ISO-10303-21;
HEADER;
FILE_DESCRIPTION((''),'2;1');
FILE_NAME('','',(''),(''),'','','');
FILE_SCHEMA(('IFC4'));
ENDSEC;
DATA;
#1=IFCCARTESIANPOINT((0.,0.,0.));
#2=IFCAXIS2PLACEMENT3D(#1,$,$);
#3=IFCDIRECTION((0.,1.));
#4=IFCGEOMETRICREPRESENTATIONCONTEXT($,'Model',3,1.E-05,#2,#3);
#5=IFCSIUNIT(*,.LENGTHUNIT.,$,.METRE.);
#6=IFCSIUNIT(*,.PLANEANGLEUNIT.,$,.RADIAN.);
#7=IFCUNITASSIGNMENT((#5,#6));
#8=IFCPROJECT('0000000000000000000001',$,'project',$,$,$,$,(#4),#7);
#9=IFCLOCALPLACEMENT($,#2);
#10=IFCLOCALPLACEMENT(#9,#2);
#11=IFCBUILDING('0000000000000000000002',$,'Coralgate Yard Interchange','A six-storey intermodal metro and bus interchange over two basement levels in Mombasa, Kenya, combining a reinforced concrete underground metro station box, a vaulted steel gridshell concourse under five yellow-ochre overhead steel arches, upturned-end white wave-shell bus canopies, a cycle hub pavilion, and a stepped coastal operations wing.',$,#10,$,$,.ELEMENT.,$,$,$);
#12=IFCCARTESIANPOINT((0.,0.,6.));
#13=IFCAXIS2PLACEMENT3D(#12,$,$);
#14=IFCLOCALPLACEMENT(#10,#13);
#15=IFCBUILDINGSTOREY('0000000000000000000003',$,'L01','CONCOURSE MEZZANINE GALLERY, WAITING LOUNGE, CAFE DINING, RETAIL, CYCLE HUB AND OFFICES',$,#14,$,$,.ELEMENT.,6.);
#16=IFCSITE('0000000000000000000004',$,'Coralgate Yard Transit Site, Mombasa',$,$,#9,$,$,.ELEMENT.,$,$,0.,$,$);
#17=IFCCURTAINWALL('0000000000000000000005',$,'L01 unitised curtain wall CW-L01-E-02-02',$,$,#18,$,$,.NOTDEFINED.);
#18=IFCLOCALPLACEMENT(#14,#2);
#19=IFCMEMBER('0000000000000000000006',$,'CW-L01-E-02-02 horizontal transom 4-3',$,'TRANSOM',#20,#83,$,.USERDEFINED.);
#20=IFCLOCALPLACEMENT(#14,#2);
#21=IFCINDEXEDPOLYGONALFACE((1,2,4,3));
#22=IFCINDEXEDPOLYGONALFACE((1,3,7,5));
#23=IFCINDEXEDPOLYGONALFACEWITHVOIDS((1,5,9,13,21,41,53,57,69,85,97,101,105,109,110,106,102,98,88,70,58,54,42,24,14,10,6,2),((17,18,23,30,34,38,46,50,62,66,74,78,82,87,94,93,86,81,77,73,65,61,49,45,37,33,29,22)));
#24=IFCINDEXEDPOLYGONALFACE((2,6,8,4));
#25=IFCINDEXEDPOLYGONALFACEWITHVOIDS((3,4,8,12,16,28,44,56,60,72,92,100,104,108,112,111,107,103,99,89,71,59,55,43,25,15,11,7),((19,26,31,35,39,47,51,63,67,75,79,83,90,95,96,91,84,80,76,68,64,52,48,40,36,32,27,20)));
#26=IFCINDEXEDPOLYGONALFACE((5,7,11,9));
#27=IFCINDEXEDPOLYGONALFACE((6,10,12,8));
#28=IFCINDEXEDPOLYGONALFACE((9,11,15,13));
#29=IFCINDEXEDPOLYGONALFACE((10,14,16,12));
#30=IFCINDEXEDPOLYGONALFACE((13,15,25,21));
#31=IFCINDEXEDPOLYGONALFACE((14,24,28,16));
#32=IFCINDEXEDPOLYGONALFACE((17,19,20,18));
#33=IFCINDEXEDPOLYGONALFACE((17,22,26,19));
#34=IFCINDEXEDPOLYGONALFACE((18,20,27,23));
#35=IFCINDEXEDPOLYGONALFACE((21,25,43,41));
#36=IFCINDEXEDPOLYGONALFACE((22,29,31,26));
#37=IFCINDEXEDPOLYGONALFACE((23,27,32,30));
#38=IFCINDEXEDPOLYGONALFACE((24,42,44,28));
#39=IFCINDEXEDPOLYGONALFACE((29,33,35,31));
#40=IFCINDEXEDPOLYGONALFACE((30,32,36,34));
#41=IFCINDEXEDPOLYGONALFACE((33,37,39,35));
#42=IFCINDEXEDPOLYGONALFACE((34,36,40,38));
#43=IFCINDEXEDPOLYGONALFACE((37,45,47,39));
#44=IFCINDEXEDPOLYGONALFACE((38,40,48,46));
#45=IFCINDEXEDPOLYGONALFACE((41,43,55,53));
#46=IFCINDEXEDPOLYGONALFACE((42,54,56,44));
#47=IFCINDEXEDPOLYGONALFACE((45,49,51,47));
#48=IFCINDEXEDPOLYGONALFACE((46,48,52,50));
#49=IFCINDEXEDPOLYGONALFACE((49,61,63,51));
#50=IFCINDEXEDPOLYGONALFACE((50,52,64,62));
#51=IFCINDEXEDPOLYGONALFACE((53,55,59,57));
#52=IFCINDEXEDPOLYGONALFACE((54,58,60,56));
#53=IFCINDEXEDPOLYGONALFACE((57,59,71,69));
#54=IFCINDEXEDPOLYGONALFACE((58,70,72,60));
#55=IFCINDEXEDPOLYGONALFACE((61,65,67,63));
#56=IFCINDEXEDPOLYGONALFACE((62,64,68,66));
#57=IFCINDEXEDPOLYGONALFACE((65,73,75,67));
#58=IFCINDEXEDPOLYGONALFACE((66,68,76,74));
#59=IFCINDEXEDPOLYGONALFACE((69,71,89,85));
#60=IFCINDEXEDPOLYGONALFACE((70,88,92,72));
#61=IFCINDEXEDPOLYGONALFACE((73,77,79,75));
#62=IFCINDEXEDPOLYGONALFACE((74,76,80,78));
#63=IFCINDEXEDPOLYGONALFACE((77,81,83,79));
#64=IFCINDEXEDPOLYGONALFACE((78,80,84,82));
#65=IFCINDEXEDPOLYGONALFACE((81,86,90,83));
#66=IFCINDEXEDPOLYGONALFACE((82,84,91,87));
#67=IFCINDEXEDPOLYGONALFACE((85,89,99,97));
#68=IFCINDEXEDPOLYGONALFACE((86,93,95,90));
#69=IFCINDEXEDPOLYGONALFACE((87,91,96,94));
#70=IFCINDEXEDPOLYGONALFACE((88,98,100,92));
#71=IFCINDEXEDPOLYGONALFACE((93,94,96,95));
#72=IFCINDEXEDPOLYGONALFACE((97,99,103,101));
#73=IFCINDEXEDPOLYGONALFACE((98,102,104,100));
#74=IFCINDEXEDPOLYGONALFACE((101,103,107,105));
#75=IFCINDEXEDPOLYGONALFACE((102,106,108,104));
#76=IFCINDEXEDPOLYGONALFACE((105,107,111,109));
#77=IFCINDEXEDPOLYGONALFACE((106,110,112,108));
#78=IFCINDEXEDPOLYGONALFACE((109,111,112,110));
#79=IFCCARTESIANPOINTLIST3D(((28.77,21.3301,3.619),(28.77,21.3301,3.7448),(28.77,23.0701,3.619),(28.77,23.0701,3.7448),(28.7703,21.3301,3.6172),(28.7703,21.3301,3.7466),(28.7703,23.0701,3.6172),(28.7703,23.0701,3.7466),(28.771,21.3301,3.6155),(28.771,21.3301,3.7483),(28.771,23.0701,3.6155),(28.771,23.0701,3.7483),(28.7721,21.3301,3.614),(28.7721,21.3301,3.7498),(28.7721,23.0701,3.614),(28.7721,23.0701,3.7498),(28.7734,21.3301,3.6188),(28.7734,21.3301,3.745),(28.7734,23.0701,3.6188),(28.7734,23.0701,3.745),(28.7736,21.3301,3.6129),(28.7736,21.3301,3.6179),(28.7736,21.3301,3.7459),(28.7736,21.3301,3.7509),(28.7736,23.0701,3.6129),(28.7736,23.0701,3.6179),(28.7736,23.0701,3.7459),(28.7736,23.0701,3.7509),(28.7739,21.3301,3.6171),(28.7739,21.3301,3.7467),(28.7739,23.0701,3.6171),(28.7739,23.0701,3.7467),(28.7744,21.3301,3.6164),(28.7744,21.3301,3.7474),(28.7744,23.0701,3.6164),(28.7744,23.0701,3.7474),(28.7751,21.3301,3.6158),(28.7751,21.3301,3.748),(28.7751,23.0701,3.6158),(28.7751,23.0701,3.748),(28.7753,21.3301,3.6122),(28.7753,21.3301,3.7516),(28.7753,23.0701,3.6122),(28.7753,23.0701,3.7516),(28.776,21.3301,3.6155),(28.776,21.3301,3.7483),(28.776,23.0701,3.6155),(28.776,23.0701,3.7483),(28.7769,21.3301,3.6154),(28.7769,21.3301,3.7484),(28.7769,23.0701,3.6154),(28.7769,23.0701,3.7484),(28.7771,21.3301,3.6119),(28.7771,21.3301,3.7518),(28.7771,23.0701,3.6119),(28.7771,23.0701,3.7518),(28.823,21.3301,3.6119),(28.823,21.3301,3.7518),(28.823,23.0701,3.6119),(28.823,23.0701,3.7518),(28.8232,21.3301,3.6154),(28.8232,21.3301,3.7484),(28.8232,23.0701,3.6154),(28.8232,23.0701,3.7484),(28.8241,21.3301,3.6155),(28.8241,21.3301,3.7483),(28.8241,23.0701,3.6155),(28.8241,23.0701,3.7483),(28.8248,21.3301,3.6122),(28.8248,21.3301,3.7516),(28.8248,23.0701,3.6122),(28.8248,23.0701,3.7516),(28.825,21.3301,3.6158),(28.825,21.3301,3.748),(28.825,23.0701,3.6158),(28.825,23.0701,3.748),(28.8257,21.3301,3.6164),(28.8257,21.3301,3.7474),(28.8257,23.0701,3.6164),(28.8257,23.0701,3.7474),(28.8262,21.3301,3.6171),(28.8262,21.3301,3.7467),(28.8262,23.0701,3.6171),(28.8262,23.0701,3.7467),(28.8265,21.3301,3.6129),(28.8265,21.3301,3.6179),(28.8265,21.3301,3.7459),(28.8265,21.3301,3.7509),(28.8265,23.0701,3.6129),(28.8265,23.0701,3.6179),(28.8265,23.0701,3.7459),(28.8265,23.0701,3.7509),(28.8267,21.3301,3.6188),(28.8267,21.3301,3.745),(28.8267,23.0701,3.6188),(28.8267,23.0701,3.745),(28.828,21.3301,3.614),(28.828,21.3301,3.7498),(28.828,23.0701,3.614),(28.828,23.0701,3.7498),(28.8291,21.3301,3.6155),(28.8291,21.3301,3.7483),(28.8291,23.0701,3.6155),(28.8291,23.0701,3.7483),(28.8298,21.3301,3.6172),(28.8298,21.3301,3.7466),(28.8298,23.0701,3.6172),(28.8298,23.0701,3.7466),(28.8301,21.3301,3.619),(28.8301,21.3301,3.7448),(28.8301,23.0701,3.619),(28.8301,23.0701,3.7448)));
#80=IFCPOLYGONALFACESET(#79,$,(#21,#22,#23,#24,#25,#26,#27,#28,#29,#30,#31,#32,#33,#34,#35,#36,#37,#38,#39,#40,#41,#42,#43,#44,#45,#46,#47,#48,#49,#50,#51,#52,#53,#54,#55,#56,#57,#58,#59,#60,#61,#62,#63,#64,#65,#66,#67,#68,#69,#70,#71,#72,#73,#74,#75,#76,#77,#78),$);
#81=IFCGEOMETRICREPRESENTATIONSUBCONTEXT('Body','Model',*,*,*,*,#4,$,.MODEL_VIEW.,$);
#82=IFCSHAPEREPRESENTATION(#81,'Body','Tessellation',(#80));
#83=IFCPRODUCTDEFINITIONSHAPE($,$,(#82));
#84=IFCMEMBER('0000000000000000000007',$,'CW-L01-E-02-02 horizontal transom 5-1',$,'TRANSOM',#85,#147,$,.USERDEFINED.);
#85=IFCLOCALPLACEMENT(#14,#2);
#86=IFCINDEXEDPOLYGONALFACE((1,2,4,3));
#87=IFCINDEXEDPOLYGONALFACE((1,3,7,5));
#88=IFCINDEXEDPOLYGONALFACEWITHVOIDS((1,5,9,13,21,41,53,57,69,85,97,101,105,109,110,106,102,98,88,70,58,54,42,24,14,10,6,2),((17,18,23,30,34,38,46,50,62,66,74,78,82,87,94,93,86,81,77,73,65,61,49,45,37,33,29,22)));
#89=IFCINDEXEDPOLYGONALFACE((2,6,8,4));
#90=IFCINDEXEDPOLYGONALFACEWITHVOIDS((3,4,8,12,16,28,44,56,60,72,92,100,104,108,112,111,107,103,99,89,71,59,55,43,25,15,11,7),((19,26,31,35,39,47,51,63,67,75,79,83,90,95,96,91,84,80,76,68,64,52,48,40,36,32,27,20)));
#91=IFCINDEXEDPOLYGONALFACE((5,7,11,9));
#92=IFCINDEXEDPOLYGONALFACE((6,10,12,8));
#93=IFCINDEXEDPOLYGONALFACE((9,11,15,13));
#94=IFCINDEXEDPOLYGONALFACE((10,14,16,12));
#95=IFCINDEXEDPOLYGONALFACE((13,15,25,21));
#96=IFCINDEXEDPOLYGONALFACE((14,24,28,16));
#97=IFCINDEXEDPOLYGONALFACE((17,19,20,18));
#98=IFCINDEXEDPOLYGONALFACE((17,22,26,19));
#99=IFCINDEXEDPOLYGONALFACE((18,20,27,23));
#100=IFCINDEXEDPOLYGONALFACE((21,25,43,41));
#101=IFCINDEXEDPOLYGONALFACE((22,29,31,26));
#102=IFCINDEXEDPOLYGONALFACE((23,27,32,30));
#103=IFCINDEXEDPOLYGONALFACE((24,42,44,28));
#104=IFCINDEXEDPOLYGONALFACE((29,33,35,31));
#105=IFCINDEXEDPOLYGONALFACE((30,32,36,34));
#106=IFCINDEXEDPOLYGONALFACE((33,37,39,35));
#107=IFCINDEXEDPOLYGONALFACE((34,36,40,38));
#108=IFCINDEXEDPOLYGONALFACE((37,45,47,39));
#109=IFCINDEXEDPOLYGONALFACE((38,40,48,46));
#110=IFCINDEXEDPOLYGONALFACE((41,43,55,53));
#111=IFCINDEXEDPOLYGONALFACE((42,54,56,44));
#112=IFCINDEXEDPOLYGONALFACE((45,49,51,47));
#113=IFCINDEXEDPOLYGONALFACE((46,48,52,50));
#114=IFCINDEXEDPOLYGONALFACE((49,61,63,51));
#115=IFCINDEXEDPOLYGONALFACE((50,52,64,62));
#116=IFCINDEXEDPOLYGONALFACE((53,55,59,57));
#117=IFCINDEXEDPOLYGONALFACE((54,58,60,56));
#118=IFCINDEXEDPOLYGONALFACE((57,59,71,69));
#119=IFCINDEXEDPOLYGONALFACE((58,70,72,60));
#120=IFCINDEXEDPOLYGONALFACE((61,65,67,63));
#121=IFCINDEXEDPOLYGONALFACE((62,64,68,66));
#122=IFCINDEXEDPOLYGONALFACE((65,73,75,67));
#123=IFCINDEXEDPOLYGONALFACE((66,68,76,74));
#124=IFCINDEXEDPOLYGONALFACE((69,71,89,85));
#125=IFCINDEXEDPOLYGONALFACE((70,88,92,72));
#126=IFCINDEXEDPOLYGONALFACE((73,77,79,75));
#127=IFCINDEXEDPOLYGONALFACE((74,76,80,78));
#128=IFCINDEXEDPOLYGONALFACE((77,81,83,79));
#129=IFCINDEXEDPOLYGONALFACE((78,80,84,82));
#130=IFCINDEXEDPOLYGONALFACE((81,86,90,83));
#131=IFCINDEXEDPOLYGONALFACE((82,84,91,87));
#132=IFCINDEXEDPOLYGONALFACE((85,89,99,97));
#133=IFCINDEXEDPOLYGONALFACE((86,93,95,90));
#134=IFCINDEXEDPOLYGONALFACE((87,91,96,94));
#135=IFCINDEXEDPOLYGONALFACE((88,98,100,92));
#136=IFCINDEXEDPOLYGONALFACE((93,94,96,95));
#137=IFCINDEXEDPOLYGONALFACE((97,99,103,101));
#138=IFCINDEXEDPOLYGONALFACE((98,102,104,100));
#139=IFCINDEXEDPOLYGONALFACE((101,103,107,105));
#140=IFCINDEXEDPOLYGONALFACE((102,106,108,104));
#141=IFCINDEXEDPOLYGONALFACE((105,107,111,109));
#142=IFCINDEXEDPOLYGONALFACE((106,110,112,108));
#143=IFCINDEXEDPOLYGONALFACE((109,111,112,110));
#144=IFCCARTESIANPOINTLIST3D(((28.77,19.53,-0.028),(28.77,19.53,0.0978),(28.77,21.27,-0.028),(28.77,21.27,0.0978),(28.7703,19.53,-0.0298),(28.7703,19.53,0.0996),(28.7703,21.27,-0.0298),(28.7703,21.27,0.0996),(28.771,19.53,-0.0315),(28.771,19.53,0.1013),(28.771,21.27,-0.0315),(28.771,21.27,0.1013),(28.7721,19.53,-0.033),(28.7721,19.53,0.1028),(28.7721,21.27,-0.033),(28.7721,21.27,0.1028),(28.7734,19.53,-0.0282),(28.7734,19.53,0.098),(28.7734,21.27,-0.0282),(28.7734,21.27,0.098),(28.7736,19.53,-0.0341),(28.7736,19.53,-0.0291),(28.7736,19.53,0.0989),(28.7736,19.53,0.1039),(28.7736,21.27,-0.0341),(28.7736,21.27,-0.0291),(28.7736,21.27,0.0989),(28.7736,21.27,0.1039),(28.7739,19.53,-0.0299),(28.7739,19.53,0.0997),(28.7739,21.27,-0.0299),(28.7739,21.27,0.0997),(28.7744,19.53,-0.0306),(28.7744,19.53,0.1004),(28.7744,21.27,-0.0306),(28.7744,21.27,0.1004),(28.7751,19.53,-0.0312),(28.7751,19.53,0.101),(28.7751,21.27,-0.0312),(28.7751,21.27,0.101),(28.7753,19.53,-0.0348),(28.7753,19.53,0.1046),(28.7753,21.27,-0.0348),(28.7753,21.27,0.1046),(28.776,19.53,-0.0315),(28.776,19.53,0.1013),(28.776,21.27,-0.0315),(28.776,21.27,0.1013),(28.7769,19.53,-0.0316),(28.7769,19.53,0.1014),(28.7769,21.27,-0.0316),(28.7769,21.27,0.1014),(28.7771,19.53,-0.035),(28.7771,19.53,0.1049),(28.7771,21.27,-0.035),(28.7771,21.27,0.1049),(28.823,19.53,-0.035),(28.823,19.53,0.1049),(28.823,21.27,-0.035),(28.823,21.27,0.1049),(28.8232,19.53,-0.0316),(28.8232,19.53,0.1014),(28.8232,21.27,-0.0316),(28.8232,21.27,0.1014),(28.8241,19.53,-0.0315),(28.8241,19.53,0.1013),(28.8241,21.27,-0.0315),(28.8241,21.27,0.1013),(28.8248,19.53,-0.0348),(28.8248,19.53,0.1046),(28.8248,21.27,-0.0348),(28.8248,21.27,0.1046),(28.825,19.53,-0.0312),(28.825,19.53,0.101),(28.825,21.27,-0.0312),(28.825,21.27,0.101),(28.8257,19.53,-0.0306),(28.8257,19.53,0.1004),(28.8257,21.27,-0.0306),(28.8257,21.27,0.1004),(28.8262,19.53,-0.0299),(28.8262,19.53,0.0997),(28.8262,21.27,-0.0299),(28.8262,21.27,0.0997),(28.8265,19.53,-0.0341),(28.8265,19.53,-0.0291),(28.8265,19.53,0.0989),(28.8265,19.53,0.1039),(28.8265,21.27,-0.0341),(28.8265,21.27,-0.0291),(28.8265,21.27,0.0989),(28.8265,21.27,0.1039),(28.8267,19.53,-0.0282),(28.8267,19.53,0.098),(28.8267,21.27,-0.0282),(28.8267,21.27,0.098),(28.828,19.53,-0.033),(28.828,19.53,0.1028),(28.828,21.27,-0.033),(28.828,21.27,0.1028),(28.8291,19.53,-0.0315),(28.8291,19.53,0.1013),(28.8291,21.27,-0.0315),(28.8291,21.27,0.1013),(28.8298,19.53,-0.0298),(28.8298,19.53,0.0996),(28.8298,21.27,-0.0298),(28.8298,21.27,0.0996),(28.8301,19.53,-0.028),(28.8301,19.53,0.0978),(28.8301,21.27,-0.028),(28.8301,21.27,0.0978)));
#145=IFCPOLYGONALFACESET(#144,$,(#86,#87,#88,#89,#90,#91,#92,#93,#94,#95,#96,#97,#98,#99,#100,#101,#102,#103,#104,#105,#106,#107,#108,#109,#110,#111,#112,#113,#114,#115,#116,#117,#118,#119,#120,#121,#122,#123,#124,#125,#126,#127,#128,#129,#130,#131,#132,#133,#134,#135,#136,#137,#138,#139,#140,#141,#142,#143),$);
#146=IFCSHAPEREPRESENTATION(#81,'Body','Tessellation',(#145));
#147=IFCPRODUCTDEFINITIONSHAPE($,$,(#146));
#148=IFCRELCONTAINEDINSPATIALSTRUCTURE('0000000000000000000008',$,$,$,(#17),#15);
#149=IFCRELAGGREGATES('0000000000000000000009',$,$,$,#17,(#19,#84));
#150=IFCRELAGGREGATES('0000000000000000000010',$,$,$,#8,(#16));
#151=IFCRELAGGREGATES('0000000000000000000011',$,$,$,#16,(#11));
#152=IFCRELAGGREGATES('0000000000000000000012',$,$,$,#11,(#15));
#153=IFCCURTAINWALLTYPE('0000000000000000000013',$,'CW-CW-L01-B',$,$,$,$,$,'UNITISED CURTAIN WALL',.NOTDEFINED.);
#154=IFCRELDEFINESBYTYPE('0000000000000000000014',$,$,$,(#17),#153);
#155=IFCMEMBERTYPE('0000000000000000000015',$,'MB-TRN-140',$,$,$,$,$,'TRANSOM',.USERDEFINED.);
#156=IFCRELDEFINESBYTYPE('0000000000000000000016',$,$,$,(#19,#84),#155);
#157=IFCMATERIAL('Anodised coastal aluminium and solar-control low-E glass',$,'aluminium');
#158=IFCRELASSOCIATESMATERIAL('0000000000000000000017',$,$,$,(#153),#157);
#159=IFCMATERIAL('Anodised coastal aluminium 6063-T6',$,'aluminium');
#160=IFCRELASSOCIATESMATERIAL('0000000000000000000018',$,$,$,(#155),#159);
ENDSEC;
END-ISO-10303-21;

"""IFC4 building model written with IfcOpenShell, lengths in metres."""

from ifc_helpers import new_model, si_unit, direction, frame, origin, origin_2d, place, context, subcontext, project, spatial, hollow_rectangle, extrude, material, material_profile, profile_set, type_object, element, aggregate, save


model = new_model("IFC4")

# Units and contexts
model_context = context("Model", 3, precision=1e-05, world=origin(), true_north=direction((0.0, 1.0)))
body_context = subcontext(model_context, "Body", "Model", "MODEL_VIEW")
ifc_project = project(units=[si_unit("LENGTHUNIT", "METRE"), si_unit("PLANEANGLEUNIT", "RADIAN")], contexts=[model_context])

# Site, building, storey
site_placement = place(None, origin())
site = spatial("IfcSite", under=ifc_project, at=site_placement, Name="Coralgate Yard Transit Site, Mombasa", CompositionType="ELEMENT", RefElevation=0.0)
building_placement = place(site_placement, origin())
building = spatial("IfcBuilding", under=site, at=building_placement, Name="Coralgate Yard Interchange", Description="A six-storey intermodal metro and bus interchange over two basement levels in Mombasa, Kenya, combining a reinforced concrete underground metro station box, a vaulted steel gridshell concourse under five yellow-ochre overhead steel arches, upturned-end white wave-shell bus canopies, a cycle hub pavilion, and a stepped coastal operations wing.", CompositionType="ELEMENT")
storey_placement = place(building_placement, frame((0.0, 0.0, 6.0)))
storey = spatial("IfcBuildingStorey", under=building, at=storey_placement, Name="L01", Description="CONCOURSE MEZZANINE GALLERY, WAITING LOUNGE, CAFE DINING, RETAIL, CYCLE HUB AND OFFICES", CompositionType="ELEMENT", Elevation=6.0)

# Curtain wall, members
ifc_material_1 = material(Name="Anodised coastal aluminium and solar-control low-E glass", Category="aluminium")
curtain_wall_type = type_object("IfcCurtainWallType", Name="CW-CW-L01-B", ElementType="UNITISED CURTAIN WALL", PredefinedType="NOTDEFINED", material=ifc_material_1)
curtain_wall_placement = place(storey_placement, origin())
curtain_wall = element("IfcCurtainWall", 1, at=curtain_wall_placement, inside=storey, type_object=curtain_wall_type, Name="L01 unitised curtain wall CW-L01-E-02-02", PredefinedType="NOTDEFINED")
ifc_material_2 = material(Name="Anodised coastal aluminium 6063-T6", Category="aluminium")
ifc_material_profile_1 = material_profile(ifc_material_2, hollow_rectangle(XDim=0.0601, YDim=0.1399, WallThickness=0.0034, InnerFilletRadius=0.0034, OuterFilletRadius=0.0071, at=origin_2d()), Name="ALU 60x140x3.5")
ifc_profile_set_1 = profile_set([ifc_material_profile_1], Name="Anodised coastal aluminium 6063-T6")
member_type_1 = type_object("IfcMemberType", Name="MB-TRN-140", ElementType="TRANSOM", PredefinedType="USERDEFINED", material=ifc_profile_set_1)
member_1_placement = place(storey_placement, frame((28.8, 23.0701, 3.6819), z_axis=(0.0, -1.0, 0.0), x_axis=(1.0, 0.0, 0.0)))
member_1 = element("IfcMember", 2, at=member_1_placement, type_object=member_type_1, Name="CW-L01-E-02-02 horizontal transom 4-3", ObjectType="TRANSOM", PredefinedType="USERDEFINED", context=body_context, shape_type="SweptSolid", body=[
    extrude(hollow_rectangle(XDim=0.0601, YDim=0.1399, WallThickness=0.0034, InnerFilletRadius=0.0034, OuterFilletRadius=0.0071, at=origin_2d()), origin(), (0.0, 0.0, 1.0), 1.74),
])
member_2_placement = place(storey_placement, frame((28.8, 21.27, 0.0349), z_axis=(0.0, -1.0, 0.0), x_axis=(1.0, 0.0, 0.0)))
member_2 = element("IfcMember", 3, at=member_2_placement, type_object=member_type_1, Name="CW-L01-E-02-02 horizontal transom 5-1", ObjectType="TRANSOM", PredefinedType="USERDEFINED", context=body_context, shape_type="SweptSolid", body=[
    extrude(hollow_rectangle(XDim=0.0601, YDim=0.1399, WallThickness=0.0034, InnerFilletRadius=0.0034, OuterFilletRadius=0.0071, at=origin_2d()), origin(), (0.0, 0.0, 1.0), 1.74),
])
aggregate(curtain_wall, [member_1, member_2])

save(model, "model.ifc")
